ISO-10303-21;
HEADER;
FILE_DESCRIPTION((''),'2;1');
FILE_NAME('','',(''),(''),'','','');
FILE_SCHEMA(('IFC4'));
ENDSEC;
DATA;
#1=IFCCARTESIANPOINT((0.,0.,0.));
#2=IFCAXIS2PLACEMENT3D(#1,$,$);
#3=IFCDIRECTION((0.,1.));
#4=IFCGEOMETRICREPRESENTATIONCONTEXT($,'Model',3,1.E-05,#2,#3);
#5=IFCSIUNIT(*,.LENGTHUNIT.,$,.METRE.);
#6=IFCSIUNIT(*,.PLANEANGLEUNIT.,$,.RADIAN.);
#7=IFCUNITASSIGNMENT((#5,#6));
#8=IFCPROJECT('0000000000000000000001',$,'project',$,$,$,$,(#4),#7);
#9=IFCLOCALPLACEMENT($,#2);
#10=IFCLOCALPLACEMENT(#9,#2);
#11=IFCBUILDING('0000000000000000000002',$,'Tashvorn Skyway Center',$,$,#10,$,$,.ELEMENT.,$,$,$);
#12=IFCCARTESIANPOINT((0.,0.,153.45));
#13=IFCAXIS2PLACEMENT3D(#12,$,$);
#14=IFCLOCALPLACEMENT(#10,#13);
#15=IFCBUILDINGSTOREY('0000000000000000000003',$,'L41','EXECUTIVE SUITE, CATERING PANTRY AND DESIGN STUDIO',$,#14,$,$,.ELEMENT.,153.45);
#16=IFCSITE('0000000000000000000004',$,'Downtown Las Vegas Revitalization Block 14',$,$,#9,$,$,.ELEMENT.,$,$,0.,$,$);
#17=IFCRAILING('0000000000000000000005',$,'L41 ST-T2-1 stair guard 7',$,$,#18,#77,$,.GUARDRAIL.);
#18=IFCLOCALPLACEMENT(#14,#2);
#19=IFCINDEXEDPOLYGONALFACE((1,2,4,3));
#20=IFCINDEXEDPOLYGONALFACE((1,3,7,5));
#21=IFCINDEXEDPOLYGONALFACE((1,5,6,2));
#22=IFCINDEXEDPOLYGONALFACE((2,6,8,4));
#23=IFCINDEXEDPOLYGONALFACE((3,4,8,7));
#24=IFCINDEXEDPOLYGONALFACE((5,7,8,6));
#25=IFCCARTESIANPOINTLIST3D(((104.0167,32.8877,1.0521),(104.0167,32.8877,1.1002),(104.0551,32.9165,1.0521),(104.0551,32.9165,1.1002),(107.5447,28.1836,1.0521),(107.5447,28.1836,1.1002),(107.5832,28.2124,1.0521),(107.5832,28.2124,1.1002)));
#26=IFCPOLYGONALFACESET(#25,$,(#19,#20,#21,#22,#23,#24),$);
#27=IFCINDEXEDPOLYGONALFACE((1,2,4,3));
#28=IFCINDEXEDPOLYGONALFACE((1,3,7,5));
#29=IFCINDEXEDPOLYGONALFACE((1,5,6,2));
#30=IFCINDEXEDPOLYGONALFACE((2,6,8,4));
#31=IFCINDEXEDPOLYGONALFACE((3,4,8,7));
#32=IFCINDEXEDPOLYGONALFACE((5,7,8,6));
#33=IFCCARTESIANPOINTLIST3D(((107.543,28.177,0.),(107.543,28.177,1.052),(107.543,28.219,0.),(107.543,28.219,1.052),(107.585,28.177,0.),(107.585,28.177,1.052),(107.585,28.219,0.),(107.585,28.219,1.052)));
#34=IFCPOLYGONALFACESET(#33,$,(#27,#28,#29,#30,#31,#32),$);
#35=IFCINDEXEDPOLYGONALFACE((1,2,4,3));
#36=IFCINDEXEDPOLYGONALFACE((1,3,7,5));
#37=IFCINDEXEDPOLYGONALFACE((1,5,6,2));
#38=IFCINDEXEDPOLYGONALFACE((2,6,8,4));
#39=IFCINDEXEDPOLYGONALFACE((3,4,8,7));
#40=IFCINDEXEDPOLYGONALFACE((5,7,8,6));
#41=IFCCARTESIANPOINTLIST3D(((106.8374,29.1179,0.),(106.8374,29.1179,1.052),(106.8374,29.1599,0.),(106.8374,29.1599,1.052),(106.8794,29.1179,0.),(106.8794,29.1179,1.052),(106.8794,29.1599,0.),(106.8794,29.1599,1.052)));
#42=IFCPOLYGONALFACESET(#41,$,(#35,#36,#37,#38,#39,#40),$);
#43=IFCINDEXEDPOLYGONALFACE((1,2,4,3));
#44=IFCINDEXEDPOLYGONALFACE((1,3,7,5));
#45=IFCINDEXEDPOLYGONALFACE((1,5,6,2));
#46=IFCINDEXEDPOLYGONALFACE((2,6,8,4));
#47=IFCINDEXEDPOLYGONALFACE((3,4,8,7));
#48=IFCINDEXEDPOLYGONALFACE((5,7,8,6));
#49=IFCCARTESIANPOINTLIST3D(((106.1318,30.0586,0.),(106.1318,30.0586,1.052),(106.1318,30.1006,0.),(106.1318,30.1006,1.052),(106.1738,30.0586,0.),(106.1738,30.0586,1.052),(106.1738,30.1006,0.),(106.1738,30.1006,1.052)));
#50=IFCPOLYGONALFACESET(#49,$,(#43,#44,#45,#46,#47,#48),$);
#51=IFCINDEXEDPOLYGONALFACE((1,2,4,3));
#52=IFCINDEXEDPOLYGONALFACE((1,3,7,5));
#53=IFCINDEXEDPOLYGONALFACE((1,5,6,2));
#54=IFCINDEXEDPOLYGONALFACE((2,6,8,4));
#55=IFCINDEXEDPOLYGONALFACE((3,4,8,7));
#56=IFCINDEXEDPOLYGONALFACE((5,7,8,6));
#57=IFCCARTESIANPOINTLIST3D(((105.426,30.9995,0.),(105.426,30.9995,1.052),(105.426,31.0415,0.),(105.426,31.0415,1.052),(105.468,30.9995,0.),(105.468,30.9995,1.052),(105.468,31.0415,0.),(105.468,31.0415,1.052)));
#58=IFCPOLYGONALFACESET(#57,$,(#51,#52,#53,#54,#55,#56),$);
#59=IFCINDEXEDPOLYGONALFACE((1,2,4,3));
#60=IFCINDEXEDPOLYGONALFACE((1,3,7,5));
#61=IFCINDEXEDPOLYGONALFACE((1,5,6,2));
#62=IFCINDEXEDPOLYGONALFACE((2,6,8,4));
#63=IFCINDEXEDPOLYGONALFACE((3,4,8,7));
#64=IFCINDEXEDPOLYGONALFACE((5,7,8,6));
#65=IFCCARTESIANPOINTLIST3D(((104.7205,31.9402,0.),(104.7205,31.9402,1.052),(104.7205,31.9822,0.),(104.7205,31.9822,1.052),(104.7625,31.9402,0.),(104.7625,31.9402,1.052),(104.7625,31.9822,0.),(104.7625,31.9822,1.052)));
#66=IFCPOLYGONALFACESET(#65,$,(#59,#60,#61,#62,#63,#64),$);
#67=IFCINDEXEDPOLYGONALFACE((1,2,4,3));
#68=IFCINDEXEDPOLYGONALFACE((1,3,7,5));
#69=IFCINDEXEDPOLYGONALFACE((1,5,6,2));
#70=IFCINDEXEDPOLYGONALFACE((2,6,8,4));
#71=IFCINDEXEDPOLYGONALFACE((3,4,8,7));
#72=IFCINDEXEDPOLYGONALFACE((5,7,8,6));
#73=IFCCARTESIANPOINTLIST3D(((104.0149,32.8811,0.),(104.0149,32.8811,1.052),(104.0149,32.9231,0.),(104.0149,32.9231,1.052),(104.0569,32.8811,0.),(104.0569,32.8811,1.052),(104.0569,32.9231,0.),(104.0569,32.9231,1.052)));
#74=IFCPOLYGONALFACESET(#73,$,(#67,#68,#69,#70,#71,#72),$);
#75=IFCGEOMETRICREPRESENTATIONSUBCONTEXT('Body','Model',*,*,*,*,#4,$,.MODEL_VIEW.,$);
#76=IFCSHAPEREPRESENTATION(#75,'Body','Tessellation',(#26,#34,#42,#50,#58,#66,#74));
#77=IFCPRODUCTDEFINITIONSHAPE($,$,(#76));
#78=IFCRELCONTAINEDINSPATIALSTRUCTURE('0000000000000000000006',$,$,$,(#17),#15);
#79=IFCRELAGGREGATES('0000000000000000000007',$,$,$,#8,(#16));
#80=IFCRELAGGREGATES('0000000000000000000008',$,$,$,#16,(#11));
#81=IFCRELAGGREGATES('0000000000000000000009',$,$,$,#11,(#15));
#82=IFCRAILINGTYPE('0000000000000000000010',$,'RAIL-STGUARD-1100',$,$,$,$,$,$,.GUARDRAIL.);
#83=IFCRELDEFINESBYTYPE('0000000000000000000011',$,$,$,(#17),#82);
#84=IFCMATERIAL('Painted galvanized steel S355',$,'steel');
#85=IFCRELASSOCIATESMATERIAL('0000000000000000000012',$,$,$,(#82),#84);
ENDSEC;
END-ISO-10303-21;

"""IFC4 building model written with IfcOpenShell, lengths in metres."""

from ifc_helpers import new_model, si_unit, direction, frame, origin, origin_2d, place, context, subcontext, project, spatial, rectangle, extrude, material, type_object, element, save


model = new_model("IFC4")

# Units and contexts
model_context = context("Model", 3, precision=1e-05, world=origin(), true_north=direction((0.0, 1.0)))
body_context = subcontext(model_context, "Body", "Model", "MODEL_VIEW")
ifc_project = project(units=[si_unit("LENGTHUNIT", "METRE"), si_unit("PLANEANGLEUNIT", "RADIAN")], contexts=[model_context])

# Site, building, storey
site_placement = place(None, origin())
site = spatial("IfcSite", under=ifc_project, at=site_placement, Name="Downtown Las Vegas Revitalization Block 14", CompositionType="ELEMENT", RefElevation=0.0)
building_placement = place(site_placement, origin())
building = spatial("IfcBuilding", under=site, at=building_placement, Name="Tashvorn Skyway Center", CompositionType="ELEMENT")
storey_placement = place(building_placement, frame((0.0, 0.0, 153.45)))
storey = spatial("IfcBuildingStorey", under=building, at=storey_placement, Name="L41", Description="EXECUTIVE SUITE, CATERING PANTRY AND DESIGN STUDIO", CompositionType="ELEMENT", Elevation=153.45)

# Railing
ifc_material_1 = material(Name="Painted galvanized steel S355", Category="steel")
railing_type = type_object("IfcRailingType", Name="RAIL-STGUARD-1100", PredefinedType="GUARDRAIL", material=ifc_material_1)
railing_1_placement = place(storey_placement, frame((107.564, 28.198, 0.0)))
element("IfcRailing", 1, at=railing_1_placement, inside=storey, type_object=railing_type, Name="L41 ST-T2-1 stair guard 7", PredefinedType="GUARDRAIL", context=body_context, shape_type="SweptSolid", body=[
    extrude(rectangle(XDim=0.0481, YDim=0.0481, at=origin_2d()), frame((0.0, 0.0, 1.0762), z_axis=(-0.6, 0.8, 0.0), x_axis=(-0.8, -0.6, 0.0)), (0.0, 0.0, 1.0), 5.8801),
    extrude(rectangle(XDim=0.042, YDim=0.042, at=origin_2d()), origin(), (0.0, 0.0, 1.0), 1.052),
    extrude(rectangle(XDim=0.042, YDim=0.042, at=origin_2d()), frame((-0.7056, 0.9409, 0.0)), (0.0, 0.0, 1.0), 1.052),
    extrude(rectangle(XDim=0.042, YDim=0.042, at=origin_2d()), frame((-1.4111, 1.8816, 0.0)), (0.0, 0.0, 1.0), 1.052),
    extrude(rectangle(XDim=0.042, YDim=0.042, at=origin_2d()), frame((-2.1169, 2.8225, 0.0)), (0.0, 0.0, 1.0), 1.052),
    extrude(rectangle(XDim=0.042, YDim=0.042, at=origin_2d()), frame((-2.8225, 3.7632, 0.0)), (0.0, 0.0, 1.0), 1.052),
    extrude(rectangle(XDim=0.042, YDim=0.042, at=origin_2d()), frame((-3.5281, 4.7041, 0.0)), (0.0, 0.0, 1.0), 1.052),
])

save(model, "model.ifc")
